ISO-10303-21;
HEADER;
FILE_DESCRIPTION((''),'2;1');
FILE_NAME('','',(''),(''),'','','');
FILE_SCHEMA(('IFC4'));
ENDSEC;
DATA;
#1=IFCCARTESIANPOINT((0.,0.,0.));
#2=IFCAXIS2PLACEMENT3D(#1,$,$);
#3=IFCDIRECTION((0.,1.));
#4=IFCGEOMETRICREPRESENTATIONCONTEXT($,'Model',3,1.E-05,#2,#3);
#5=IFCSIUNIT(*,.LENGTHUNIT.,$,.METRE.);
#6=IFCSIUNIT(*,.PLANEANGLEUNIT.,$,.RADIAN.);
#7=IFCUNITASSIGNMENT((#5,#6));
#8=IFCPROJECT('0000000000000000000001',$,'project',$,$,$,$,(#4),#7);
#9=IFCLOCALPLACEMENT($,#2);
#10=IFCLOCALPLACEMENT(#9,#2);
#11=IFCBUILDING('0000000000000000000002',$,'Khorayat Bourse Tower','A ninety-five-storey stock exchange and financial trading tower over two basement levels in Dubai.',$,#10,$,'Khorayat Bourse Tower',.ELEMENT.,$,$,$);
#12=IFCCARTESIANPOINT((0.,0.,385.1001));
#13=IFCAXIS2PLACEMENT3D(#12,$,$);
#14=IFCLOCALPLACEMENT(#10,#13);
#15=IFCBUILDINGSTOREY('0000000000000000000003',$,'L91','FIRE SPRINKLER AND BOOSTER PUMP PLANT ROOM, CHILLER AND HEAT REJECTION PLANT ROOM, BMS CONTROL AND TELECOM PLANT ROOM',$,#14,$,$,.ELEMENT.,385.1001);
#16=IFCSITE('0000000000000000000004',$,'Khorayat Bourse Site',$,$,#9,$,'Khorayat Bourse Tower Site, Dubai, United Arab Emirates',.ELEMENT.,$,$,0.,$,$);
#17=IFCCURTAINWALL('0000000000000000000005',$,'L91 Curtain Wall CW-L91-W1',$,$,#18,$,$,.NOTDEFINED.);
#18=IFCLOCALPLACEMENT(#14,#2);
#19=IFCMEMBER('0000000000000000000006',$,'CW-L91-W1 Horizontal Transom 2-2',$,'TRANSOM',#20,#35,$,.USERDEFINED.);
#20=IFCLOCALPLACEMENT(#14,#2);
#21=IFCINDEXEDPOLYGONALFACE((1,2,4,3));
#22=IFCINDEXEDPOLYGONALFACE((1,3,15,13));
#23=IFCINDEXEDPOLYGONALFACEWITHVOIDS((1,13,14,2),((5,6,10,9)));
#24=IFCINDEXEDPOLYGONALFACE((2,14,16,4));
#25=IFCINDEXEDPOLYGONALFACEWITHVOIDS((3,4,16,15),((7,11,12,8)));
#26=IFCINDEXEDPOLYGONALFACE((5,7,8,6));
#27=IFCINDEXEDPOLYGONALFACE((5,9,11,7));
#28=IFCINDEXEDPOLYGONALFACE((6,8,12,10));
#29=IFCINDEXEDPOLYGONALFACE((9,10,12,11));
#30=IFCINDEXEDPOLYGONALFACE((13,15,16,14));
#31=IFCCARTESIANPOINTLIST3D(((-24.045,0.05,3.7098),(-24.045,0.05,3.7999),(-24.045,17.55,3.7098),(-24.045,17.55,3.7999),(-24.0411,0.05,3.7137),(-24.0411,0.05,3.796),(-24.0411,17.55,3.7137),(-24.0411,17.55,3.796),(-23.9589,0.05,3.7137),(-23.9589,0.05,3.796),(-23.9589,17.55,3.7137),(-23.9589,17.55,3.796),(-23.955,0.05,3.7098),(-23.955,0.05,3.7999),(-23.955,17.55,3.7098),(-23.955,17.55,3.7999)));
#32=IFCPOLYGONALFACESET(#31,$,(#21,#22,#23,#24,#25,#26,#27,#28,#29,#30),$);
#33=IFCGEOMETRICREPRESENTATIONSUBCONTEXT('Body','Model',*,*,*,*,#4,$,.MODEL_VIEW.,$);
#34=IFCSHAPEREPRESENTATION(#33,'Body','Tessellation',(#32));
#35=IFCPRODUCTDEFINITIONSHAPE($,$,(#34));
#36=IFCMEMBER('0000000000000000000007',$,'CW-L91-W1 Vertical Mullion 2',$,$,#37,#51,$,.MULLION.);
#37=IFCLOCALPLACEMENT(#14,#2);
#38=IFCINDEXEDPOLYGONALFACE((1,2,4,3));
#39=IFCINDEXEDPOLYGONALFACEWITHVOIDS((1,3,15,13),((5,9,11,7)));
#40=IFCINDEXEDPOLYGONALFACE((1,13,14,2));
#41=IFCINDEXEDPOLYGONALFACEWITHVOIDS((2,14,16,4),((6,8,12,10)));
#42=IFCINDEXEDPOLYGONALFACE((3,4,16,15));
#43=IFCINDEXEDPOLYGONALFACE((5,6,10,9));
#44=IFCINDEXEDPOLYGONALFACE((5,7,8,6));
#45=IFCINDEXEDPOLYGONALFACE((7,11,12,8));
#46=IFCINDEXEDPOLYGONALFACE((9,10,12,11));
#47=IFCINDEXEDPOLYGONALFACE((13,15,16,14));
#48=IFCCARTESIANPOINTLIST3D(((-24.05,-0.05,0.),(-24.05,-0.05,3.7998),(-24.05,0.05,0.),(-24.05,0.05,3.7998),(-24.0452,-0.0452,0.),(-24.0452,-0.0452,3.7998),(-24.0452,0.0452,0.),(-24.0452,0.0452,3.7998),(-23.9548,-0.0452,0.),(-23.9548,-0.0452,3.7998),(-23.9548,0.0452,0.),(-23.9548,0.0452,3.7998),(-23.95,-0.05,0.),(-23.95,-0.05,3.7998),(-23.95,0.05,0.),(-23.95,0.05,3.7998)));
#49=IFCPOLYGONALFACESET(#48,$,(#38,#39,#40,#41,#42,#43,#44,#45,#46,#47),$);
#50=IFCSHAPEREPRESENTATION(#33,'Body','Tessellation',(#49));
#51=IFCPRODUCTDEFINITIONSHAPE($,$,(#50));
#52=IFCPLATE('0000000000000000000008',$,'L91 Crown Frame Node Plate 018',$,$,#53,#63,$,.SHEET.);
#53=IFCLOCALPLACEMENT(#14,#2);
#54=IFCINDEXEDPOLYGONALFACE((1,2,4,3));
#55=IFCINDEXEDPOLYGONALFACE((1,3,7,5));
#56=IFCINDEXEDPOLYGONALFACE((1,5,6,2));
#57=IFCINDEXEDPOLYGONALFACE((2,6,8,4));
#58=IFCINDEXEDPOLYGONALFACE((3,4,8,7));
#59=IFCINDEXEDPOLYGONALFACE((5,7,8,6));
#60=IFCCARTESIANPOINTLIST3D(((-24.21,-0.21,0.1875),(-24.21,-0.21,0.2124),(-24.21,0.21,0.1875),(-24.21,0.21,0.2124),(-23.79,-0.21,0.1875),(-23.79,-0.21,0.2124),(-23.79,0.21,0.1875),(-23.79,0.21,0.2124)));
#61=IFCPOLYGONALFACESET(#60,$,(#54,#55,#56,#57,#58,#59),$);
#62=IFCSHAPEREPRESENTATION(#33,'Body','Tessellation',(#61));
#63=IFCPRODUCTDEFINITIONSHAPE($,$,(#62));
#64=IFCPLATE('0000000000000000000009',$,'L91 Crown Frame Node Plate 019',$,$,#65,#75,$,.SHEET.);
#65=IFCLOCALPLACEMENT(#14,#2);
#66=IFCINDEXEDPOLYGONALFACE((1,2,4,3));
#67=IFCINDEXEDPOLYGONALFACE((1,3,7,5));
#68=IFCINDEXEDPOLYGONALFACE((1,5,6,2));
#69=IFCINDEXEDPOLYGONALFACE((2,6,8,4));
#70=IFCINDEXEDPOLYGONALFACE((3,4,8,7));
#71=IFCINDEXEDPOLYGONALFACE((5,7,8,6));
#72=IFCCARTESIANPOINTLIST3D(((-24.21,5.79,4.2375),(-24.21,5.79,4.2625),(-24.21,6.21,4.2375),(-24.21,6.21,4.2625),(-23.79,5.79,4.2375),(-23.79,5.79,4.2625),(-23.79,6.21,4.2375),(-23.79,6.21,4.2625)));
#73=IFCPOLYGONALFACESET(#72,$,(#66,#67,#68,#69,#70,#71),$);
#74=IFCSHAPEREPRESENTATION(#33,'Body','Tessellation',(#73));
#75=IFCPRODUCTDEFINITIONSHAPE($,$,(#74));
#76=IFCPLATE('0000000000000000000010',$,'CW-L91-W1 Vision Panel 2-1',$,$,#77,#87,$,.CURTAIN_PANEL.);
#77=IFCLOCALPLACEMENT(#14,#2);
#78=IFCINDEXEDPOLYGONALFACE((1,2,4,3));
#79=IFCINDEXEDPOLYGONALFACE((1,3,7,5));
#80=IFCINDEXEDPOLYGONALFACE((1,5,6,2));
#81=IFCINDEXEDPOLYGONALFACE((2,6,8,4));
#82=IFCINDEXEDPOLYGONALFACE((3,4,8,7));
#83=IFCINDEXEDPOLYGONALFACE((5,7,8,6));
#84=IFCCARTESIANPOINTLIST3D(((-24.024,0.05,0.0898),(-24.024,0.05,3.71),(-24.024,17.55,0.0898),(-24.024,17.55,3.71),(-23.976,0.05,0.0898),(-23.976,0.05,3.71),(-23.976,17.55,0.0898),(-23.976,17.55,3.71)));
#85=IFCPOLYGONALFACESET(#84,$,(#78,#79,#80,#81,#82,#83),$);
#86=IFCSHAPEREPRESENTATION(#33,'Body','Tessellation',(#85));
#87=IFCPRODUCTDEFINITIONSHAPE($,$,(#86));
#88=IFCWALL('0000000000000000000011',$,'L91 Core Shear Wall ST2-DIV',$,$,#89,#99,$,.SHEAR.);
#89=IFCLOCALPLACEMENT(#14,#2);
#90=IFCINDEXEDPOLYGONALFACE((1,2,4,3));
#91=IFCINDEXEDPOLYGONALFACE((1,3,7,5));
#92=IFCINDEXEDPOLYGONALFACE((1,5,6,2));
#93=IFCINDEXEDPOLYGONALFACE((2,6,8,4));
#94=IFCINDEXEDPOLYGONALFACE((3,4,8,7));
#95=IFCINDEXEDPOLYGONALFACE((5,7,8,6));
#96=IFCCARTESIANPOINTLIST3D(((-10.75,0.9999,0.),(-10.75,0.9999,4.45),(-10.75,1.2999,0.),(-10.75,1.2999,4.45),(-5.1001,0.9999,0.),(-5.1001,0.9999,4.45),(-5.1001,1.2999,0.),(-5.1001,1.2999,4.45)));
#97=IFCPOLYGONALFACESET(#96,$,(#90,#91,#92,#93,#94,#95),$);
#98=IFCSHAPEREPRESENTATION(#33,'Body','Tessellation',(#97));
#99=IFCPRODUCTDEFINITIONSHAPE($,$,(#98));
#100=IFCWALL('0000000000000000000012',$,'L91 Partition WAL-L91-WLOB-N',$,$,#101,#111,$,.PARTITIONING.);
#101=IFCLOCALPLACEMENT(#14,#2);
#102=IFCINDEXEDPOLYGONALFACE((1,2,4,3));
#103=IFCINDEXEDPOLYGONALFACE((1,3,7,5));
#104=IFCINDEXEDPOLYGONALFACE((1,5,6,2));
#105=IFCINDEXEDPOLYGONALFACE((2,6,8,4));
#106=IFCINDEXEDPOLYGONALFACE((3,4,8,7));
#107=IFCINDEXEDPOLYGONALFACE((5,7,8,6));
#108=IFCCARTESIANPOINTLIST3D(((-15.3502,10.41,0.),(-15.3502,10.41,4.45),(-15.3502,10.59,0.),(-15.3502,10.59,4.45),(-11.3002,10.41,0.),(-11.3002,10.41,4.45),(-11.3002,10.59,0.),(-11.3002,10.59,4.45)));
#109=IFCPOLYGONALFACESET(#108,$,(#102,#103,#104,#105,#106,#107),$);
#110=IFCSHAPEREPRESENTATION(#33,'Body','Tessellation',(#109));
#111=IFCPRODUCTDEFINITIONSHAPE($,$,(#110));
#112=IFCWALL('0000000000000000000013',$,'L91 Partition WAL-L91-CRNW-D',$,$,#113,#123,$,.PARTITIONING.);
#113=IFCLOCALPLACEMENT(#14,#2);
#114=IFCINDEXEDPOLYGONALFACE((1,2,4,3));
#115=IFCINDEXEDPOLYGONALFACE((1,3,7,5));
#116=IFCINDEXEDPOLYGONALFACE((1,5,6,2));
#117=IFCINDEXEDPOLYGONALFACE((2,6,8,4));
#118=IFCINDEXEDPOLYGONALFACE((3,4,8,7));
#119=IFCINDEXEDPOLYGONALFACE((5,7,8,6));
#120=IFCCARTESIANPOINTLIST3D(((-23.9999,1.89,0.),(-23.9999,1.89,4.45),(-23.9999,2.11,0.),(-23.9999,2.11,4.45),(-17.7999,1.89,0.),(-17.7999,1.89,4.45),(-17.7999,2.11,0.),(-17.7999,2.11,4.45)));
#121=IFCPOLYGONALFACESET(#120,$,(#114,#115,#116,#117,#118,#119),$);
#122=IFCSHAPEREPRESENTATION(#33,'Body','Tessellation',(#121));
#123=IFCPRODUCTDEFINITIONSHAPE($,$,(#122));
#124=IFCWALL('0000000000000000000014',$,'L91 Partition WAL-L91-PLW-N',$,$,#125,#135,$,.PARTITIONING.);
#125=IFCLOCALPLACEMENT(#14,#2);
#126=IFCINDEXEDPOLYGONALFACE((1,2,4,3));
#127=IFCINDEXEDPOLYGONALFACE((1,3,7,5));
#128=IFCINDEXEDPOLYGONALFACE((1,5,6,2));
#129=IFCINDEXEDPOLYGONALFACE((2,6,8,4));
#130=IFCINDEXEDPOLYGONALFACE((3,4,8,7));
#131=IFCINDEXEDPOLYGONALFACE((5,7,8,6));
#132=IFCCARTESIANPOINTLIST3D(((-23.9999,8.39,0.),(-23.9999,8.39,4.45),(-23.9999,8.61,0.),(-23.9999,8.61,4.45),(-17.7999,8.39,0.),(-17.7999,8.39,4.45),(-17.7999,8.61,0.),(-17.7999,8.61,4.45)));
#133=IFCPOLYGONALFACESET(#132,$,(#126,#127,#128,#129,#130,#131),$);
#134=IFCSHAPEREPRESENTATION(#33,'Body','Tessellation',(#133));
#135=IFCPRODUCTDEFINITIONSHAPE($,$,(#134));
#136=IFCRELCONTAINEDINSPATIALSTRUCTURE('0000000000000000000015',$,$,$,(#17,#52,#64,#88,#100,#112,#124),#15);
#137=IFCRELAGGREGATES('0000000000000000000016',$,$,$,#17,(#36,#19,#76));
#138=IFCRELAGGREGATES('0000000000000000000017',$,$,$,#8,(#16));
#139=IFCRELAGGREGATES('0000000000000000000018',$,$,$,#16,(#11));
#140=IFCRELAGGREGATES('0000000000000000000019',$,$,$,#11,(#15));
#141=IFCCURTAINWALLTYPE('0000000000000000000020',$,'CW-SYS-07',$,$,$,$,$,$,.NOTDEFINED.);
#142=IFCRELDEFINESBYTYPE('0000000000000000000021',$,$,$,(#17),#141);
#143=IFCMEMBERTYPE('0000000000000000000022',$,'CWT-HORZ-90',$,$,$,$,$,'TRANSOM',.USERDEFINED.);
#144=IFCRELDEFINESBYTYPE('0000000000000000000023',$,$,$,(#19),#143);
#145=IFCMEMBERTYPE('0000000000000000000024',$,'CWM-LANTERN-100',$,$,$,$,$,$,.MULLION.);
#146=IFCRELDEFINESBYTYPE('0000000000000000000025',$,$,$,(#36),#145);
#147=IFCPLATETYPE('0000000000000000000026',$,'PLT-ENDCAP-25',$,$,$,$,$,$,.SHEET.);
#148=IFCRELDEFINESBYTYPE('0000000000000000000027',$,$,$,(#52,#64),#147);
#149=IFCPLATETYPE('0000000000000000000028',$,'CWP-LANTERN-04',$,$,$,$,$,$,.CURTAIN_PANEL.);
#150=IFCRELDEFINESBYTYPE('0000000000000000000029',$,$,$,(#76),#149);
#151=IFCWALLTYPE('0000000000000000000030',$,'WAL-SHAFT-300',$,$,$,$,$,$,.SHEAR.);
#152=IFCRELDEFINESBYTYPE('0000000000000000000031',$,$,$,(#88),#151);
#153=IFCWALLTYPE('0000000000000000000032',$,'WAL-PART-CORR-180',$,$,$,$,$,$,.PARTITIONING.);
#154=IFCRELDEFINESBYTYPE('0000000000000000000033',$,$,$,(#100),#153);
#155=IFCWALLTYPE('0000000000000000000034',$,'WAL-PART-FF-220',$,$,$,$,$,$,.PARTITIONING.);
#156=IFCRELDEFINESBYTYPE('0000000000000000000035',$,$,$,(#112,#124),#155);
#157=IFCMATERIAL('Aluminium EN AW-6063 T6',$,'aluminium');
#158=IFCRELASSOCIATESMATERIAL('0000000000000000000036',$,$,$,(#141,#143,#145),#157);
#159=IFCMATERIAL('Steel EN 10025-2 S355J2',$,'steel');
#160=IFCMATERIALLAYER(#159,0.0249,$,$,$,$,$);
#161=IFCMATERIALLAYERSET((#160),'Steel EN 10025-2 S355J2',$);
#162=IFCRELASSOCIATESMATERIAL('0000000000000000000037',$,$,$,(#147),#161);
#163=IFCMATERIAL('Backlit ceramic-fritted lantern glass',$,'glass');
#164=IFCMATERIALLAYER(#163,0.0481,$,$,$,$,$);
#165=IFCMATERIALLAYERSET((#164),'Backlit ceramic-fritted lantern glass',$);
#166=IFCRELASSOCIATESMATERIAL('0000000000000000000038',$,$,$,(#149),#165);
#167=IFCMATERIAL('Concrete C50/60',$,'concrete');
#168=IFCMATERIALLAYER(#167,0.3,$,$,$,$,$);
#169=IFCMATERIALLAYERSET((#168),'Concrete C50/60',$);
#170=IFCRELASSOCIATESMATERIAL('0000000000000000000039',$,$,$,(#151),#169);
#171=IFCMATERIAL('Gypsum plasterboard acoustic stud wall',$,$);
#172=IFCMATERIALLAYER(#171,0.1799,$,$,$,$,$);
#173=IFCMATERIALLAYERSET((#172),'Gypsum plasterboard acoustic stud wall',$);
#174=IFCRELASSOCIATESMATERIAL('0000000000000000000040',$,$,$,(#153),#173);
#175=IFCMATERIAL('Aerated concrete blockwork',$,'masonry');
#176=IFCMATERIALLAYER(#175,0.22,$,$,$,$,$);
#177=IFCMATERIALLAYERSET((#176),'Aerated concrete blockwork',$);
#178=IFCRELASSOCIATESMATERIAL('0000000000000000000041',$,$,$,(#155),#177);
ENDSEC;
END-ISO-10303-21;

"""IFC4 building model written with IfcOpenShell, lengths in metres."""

from ifc_helpers import new_model, si_unit, direction, frame, frame_2d, origin, origin_2d, place, context, subcontext, project, spatial, rectangle, hollow_rectangle, extrude, source, transform, mapped, material, layer, layer_set, material_profile, profile_set, type_object, element, aggregate, save


model = new_model("IFC4")

# Units and contexts
model_context = context("Model", 3, precision=1e-05, world=origin(), true_north=direction((0.0, 1.0)))
body_context = subcontext(model_context, "Body", "Model", "MODEL_VIEW")
ifc_project = project(units=[si_unit("LENGTHUNIT", "METRE"), si_unit("PLANEANGLEUNIT", "RADIAN")], contexts=[model_context])

# Site, building, storey
site_placement = place(None, origin())
site = spatial("IfcSite", under=ifc_project, at=site_placement, Name="Khorayat Bourse Site", LongName="Khorayat Bourse Tower Site, Dubai, United Arab Emirates", CompositionType="ELEMENT", RefElevation=0.0)
building_placement = place(site_placement, origin())
building = spatial("IfcBuilding", under=site, at=building_placement, Name="Khorayat Bourse Tower", Description="A ninety-five-storey stock exchange and financial trading tower over two basement levels in Dubai.", LongName="Khorayat Bourse Tower", CompositionType="ELEMENT")
storey_placement = place(building_placement, frame((0.0, 0.0, 385.1001)))
storey = spatial("IfcBuildingStorey", under=building, at=storey_placement, Name="L91", Description="FIRE SPRINKLER AND BOOSTER PUMP PLANT ROOM, CHILLER AND HEAT REJECTION PLANT ROOM, BMS CONTROL AND TELECOM PLANT ROOM", CompositionType="ELEMENT", Elevation=385.1001)

# Shared definitions
ifc_material_1 = material(Name="Steel EN 10025-2 S355J2", Category="steel")

# Curtain wall, members
ifc_material_2 = material(Name="Aluminium EN AW-6063 T6", Category="aluminium")
curtain_wall_type = type_object("IfcCurtainWallType", Name="CW-SYS-07", PredefinedType="NOTDEFINED", material=ifc_material_2)
curtain_wall_placement = place(storey_placement, origin())
curtain_wall = element("IfcCurtainWall", 1, at=curtain_wall_placement, inside=storey, type_object=curtain_wall_type, Name="L91 Curtain Wall CW-L91-W1", PredefinedType="NOTDEFINED")
ifc_material_profile_1 = material_profile(ifc_material_2, hollow_rectangle(XDim=0.0901, YDim=0.0901, WallThickness=0.0039, at=origin_2d()), Name="ALU 90x90x4")
ifc_profile_set_1 = profile_set([ifc_material_profile_1], Name="Aluminium EN AW-6063 T6")
member_type_1 = type_object("IfcMemberType", Name="CWT-HORZ-90", ElementType="TRANSOM", PredefinedType="USERDEFINED", material=ifc_profile_set_1)
shared_shape_1 = source(origin(), body_context, "Body", "SweptSolid", [
    extrude(hollow_rectangle(XDim=0.0901, YDim=0.0901, WallThickness=0.0039, at=origin_2d()), origin(), (0.0, 0.0, 1.0), 17.5),
])
member_1_placement = place(storey_placement, frame((-24.0, 0.05, 3.7549), z_axis=(0.0, 1.0, 0.0), x_axis=(-1.0, 0.0, 0.0)))
member_1 = element("IfcMember", 2, at=member_1_placement, type_object=member_type_1, Name="CW-L91-W1 Horizontal Transom 2-2", ObjectType="TRANSOM", PredefinedType="USERDEFINED", context=body_context, shape_type="MappedRepresentation", body=[
    mapped(shared_shape_1, transform((0.0, 0.0, 0.0), scale=1.0)),
])
ifc_material_profile_2 = material_profile(ifc_material_2, hollow_rectangle(XDim=0.1001, YDim=0.1001, WallThickness=0.0049, at=origin_2d()), Name="ALU 100x100x5")
ifc_profile_set_2 = profile_set([ifc_material_profile_2], Name="Aluminium EN AW-6063 T6")
member_type_2 = type_object("IfcMemberType", Name="CWM-LANTERN-100", PredefinedType="MULLION", material=ifc_profile_set_2)
shared_shape_2 = source(origin(), body_context, "Body", "SweptSolid", [
    extrude(hollow_rectangle(XDim=0.1001, YDim=0.1001, WallThickness=0.0049, at=origin_2d()), origin(), (0.0, 0.0, 1.0), 3.7998),
])
member_2_placement = place(storey_placement, frame((-24.0, 0.0, 0.0), z_axis=(0.0, 0.0, 1.0), x_axis=(-1.0, 0.0, 0.0)))
member_2 = element("IfcMember", 3, at=member_2_placement, type_object=member_type_2, Name="CW-L91-W1 Vertical Mullion 2", PredefinedType="MULLION", context=body_context, shape_type="MappedRepresentation", body=[
    mapped(shared_shape_2, transform((0.0, 0.0, 0.0), scale=1.0)),
])

# Plates
ifc_layer_1 = layer(ifc_material_1, 0.0249)
ifc_layer_set_1 = layer_set([ifc_layer_1], Name="Steel EN 10025-2 S355J2")
plate_type_1 = type_object("IfcPlateType", Name="PLT-ENDCAP-25", PredefinedType="SHEET", material=ifc_layer_set_1)
shared_shape_3 = source(origin(), body_context, "Body", "SweptSolid", [
    extrude(rectangle(XDim=0.4199, YDim=0.4199, at=origin_2d()), origin(), (0.0, 0.0, 1.0), 0.0249),
])
for number, where, z_axis, x_axis, name in (
    (4, (-24.0, 0.0, 0.1875), (0.0, 0.0, 1.0), (1.0, 0.0, 0.0), "L91 Crown Frame Node Plate 018"),
    (5, (-24.0, 6.0, 4.2375), (0.0, 0.0, 1.0), (1.0, 0.0, 0.0), "L91 Crown Frame Node Plate 019"),
):
    element("IfcPlate", number, at=place(storey_placement, frame(where, z_axis=z_axis, x_axis=x_axis)), inside=storey, type_object=plate_type_1, Name=name, PredefinedType="SHEET", context=body_context, shape_type="MappedRepresentation", body=[
        mapped(shared_shape_3, transform((0.0, 0.0, 0.0), scale=1.0)),
    ])

# Plate
ifc_material_3 = material(Name="Backlit ceramic-fritted lantern glass", Category="glass")
ifc_layer_2 = layer(ifc_material_3, 0.0481)
ifc_layer_set_2 = layer_set([ifc_layer_2], Name="Backlit ceramic-fritted lantern glass")
plate_type_2 = type_object("IfcPlateType", Name="CWP-LANTERN-04", PredefinedType="CURTAIN_PANEL", material=ifc_layer_set_2)
shared_shape_4 = source(origin(), body_context, "Body", "SweptSolid", [
    extrude(rectangle(XDim=17.5, YDim=0.0481, at=origin_2d()), origin(), (0.0, 0.0, 1.0), 3.6201),
])
plate_placement = place(storey_placement, frame((-24.0, 8.8, 0.0898), z_axis=(0.0, 0.0, 1.0), x_axis=(0.0, 1.0, 0.0)))
plate = element("IfcPlate", 6, at=plate_placement, type_object=plate_type_2, Name="CW-L91-W1 Vision Panel 2-1", PredefinedType="CURTAIN_PANEL", context=body_context, shape_type="MappedRepresentation", body=[
    mapped(shared_shape_4, transform((0.0, 0.0, 0.0), scale=1.0)),
])
aggregate(curtain_wall, [member_2, member_1, plate])

# Walls
ifc_material_4 = material(Name="Concrete C50/60", Category="concrete")
ifc_layer_3 = layer(ifc_material_4, 0.3)
ifc_layer_set_3 = layer_set([ifc_layer_3], Name="Concrete C50/60")
wall_type_1 = type_object("IfcWallType", Name="WAL-SHAFT-300", PredefinedType="SHEAR", material=ifc_layer_set_3)
shared_shape_5 = source(origin(), body_context, "Body", "SweptSolid", [
    extrude(rectangle(XDim=5.6499, YDim=0.3, at=frame_2d((2.825, 0.0))), origin(), (0.0, 0.0, 1.0), 4.45),
])
wall_1_placement = place(storey_placement, frame((-10.75, 1.1499, 0.0), z_axis=(0.0, 0.0, 1.0), x_axis=(1.0, 0.0, 0.0)))
element("IfcWall", 7, at=wall_1_placement, inside=storey, type_object=wall_type_1, Name="L91 Core Shear Wall ST2-DIV", PredefinedType="SHEAR", context=body_context, shape_type="MappedRepresentation", body=[
    mapped(shared_shape_5, transform((0.0, 0.0, 0.0), scale=1.0)),
])
ifc_material_5 = material(Name="Gypsum plasterboard acoustic stud wall")
ifc_layer_4 = layer(ifc_material_5, 0.1799)
ifc_layer_set_4 = layer_set([ifc_layer_4], Name="Gypsum plasterboard acoustic stud wall")
wall_type_2 = type_object("IfcWallType", Name="WAL-PART-CORR-180", PredefinedType="PARTITIONING", material=ifc_layer_set_4)
shared_shape_6 = source(origin(), body_context, "Body", "SweptSolid", [
    extrude(rectangle(XDim=4.05, YDim=0.1799, at=frame_2d((2.0249, 0.0))), origin(), (0.0, 0.0, 1.0), 4.45),
])
wall_2_placement = place(storey_placement, frame((-15.3501, 10.5, 0.0), z_axis=(0.0, 0.0, 1.0), x_axis=(1.0, 0.0, 0.0)))
element("IfcWall", 8, at=wall_2_placement, inside=storey, type_object=wall_type_2, Name="L91 Partition WAL-L91-WLOB-N", PredefinedType="PARTITIONING", context=body_context, shape_type="MappedRepresentation", body=[
    mapped(shared_shape_6, transform((0.0, 0.0, 0.0), scale=1.0)),
])
ifc_material_6 = material(Name="Aerated concrete blockwork", Category="masonry")
ifc_layer_5 = layer(ifc_material_6, 0.22)
ifc_layer_set_5 = layer_set([ifc_layer_5], Name="Aerated concrete blockwork")
wall_type_3 = type_object("IfcWallType", Name="WAL-PART-FF-220", PredefinedType="PARTITIONING", material=ifc_layer_set_5)
shared_shape_7 = source(origin(), body_context, "Body", "SweptSolid", [
    extrude(rectangle(XDim=6.2, YDim=0.22, at=frame_2d((3.1001, 0.0))), origin(), (0.0, 0.0, 1.0), 4.45),
])
for number, where, z_axis, x_axis, name in (
    (9, (-24.0, 2.0, 0.0), (0.0, 0.0, 1.0), (1.0, 0.0, 0.0), "L91 Partition WAL-L91-CRNW-D"),
    (10, (-24.0, 8.5, 0.0), (0.0, 0.0, 1.0), (1.0, 0.0, 0.0), "L91 Partition WAL-L91-PLW-N"),
):
    element("IfcWall", number, at=place(storey_placement, frame(where, z_axis=z_axis, x_axis=x_axis)), inside=storey, type_object=wall_type_3, Name=name, PredefinedType="PARTITIONING", context=body_context, shape_type="MappedRepresentation", body=[
        mapped(shared_shape_7, transform((0.0, 0.0, 0.0), scale=1.0)),
    ])

save(model, "model.ifc")
